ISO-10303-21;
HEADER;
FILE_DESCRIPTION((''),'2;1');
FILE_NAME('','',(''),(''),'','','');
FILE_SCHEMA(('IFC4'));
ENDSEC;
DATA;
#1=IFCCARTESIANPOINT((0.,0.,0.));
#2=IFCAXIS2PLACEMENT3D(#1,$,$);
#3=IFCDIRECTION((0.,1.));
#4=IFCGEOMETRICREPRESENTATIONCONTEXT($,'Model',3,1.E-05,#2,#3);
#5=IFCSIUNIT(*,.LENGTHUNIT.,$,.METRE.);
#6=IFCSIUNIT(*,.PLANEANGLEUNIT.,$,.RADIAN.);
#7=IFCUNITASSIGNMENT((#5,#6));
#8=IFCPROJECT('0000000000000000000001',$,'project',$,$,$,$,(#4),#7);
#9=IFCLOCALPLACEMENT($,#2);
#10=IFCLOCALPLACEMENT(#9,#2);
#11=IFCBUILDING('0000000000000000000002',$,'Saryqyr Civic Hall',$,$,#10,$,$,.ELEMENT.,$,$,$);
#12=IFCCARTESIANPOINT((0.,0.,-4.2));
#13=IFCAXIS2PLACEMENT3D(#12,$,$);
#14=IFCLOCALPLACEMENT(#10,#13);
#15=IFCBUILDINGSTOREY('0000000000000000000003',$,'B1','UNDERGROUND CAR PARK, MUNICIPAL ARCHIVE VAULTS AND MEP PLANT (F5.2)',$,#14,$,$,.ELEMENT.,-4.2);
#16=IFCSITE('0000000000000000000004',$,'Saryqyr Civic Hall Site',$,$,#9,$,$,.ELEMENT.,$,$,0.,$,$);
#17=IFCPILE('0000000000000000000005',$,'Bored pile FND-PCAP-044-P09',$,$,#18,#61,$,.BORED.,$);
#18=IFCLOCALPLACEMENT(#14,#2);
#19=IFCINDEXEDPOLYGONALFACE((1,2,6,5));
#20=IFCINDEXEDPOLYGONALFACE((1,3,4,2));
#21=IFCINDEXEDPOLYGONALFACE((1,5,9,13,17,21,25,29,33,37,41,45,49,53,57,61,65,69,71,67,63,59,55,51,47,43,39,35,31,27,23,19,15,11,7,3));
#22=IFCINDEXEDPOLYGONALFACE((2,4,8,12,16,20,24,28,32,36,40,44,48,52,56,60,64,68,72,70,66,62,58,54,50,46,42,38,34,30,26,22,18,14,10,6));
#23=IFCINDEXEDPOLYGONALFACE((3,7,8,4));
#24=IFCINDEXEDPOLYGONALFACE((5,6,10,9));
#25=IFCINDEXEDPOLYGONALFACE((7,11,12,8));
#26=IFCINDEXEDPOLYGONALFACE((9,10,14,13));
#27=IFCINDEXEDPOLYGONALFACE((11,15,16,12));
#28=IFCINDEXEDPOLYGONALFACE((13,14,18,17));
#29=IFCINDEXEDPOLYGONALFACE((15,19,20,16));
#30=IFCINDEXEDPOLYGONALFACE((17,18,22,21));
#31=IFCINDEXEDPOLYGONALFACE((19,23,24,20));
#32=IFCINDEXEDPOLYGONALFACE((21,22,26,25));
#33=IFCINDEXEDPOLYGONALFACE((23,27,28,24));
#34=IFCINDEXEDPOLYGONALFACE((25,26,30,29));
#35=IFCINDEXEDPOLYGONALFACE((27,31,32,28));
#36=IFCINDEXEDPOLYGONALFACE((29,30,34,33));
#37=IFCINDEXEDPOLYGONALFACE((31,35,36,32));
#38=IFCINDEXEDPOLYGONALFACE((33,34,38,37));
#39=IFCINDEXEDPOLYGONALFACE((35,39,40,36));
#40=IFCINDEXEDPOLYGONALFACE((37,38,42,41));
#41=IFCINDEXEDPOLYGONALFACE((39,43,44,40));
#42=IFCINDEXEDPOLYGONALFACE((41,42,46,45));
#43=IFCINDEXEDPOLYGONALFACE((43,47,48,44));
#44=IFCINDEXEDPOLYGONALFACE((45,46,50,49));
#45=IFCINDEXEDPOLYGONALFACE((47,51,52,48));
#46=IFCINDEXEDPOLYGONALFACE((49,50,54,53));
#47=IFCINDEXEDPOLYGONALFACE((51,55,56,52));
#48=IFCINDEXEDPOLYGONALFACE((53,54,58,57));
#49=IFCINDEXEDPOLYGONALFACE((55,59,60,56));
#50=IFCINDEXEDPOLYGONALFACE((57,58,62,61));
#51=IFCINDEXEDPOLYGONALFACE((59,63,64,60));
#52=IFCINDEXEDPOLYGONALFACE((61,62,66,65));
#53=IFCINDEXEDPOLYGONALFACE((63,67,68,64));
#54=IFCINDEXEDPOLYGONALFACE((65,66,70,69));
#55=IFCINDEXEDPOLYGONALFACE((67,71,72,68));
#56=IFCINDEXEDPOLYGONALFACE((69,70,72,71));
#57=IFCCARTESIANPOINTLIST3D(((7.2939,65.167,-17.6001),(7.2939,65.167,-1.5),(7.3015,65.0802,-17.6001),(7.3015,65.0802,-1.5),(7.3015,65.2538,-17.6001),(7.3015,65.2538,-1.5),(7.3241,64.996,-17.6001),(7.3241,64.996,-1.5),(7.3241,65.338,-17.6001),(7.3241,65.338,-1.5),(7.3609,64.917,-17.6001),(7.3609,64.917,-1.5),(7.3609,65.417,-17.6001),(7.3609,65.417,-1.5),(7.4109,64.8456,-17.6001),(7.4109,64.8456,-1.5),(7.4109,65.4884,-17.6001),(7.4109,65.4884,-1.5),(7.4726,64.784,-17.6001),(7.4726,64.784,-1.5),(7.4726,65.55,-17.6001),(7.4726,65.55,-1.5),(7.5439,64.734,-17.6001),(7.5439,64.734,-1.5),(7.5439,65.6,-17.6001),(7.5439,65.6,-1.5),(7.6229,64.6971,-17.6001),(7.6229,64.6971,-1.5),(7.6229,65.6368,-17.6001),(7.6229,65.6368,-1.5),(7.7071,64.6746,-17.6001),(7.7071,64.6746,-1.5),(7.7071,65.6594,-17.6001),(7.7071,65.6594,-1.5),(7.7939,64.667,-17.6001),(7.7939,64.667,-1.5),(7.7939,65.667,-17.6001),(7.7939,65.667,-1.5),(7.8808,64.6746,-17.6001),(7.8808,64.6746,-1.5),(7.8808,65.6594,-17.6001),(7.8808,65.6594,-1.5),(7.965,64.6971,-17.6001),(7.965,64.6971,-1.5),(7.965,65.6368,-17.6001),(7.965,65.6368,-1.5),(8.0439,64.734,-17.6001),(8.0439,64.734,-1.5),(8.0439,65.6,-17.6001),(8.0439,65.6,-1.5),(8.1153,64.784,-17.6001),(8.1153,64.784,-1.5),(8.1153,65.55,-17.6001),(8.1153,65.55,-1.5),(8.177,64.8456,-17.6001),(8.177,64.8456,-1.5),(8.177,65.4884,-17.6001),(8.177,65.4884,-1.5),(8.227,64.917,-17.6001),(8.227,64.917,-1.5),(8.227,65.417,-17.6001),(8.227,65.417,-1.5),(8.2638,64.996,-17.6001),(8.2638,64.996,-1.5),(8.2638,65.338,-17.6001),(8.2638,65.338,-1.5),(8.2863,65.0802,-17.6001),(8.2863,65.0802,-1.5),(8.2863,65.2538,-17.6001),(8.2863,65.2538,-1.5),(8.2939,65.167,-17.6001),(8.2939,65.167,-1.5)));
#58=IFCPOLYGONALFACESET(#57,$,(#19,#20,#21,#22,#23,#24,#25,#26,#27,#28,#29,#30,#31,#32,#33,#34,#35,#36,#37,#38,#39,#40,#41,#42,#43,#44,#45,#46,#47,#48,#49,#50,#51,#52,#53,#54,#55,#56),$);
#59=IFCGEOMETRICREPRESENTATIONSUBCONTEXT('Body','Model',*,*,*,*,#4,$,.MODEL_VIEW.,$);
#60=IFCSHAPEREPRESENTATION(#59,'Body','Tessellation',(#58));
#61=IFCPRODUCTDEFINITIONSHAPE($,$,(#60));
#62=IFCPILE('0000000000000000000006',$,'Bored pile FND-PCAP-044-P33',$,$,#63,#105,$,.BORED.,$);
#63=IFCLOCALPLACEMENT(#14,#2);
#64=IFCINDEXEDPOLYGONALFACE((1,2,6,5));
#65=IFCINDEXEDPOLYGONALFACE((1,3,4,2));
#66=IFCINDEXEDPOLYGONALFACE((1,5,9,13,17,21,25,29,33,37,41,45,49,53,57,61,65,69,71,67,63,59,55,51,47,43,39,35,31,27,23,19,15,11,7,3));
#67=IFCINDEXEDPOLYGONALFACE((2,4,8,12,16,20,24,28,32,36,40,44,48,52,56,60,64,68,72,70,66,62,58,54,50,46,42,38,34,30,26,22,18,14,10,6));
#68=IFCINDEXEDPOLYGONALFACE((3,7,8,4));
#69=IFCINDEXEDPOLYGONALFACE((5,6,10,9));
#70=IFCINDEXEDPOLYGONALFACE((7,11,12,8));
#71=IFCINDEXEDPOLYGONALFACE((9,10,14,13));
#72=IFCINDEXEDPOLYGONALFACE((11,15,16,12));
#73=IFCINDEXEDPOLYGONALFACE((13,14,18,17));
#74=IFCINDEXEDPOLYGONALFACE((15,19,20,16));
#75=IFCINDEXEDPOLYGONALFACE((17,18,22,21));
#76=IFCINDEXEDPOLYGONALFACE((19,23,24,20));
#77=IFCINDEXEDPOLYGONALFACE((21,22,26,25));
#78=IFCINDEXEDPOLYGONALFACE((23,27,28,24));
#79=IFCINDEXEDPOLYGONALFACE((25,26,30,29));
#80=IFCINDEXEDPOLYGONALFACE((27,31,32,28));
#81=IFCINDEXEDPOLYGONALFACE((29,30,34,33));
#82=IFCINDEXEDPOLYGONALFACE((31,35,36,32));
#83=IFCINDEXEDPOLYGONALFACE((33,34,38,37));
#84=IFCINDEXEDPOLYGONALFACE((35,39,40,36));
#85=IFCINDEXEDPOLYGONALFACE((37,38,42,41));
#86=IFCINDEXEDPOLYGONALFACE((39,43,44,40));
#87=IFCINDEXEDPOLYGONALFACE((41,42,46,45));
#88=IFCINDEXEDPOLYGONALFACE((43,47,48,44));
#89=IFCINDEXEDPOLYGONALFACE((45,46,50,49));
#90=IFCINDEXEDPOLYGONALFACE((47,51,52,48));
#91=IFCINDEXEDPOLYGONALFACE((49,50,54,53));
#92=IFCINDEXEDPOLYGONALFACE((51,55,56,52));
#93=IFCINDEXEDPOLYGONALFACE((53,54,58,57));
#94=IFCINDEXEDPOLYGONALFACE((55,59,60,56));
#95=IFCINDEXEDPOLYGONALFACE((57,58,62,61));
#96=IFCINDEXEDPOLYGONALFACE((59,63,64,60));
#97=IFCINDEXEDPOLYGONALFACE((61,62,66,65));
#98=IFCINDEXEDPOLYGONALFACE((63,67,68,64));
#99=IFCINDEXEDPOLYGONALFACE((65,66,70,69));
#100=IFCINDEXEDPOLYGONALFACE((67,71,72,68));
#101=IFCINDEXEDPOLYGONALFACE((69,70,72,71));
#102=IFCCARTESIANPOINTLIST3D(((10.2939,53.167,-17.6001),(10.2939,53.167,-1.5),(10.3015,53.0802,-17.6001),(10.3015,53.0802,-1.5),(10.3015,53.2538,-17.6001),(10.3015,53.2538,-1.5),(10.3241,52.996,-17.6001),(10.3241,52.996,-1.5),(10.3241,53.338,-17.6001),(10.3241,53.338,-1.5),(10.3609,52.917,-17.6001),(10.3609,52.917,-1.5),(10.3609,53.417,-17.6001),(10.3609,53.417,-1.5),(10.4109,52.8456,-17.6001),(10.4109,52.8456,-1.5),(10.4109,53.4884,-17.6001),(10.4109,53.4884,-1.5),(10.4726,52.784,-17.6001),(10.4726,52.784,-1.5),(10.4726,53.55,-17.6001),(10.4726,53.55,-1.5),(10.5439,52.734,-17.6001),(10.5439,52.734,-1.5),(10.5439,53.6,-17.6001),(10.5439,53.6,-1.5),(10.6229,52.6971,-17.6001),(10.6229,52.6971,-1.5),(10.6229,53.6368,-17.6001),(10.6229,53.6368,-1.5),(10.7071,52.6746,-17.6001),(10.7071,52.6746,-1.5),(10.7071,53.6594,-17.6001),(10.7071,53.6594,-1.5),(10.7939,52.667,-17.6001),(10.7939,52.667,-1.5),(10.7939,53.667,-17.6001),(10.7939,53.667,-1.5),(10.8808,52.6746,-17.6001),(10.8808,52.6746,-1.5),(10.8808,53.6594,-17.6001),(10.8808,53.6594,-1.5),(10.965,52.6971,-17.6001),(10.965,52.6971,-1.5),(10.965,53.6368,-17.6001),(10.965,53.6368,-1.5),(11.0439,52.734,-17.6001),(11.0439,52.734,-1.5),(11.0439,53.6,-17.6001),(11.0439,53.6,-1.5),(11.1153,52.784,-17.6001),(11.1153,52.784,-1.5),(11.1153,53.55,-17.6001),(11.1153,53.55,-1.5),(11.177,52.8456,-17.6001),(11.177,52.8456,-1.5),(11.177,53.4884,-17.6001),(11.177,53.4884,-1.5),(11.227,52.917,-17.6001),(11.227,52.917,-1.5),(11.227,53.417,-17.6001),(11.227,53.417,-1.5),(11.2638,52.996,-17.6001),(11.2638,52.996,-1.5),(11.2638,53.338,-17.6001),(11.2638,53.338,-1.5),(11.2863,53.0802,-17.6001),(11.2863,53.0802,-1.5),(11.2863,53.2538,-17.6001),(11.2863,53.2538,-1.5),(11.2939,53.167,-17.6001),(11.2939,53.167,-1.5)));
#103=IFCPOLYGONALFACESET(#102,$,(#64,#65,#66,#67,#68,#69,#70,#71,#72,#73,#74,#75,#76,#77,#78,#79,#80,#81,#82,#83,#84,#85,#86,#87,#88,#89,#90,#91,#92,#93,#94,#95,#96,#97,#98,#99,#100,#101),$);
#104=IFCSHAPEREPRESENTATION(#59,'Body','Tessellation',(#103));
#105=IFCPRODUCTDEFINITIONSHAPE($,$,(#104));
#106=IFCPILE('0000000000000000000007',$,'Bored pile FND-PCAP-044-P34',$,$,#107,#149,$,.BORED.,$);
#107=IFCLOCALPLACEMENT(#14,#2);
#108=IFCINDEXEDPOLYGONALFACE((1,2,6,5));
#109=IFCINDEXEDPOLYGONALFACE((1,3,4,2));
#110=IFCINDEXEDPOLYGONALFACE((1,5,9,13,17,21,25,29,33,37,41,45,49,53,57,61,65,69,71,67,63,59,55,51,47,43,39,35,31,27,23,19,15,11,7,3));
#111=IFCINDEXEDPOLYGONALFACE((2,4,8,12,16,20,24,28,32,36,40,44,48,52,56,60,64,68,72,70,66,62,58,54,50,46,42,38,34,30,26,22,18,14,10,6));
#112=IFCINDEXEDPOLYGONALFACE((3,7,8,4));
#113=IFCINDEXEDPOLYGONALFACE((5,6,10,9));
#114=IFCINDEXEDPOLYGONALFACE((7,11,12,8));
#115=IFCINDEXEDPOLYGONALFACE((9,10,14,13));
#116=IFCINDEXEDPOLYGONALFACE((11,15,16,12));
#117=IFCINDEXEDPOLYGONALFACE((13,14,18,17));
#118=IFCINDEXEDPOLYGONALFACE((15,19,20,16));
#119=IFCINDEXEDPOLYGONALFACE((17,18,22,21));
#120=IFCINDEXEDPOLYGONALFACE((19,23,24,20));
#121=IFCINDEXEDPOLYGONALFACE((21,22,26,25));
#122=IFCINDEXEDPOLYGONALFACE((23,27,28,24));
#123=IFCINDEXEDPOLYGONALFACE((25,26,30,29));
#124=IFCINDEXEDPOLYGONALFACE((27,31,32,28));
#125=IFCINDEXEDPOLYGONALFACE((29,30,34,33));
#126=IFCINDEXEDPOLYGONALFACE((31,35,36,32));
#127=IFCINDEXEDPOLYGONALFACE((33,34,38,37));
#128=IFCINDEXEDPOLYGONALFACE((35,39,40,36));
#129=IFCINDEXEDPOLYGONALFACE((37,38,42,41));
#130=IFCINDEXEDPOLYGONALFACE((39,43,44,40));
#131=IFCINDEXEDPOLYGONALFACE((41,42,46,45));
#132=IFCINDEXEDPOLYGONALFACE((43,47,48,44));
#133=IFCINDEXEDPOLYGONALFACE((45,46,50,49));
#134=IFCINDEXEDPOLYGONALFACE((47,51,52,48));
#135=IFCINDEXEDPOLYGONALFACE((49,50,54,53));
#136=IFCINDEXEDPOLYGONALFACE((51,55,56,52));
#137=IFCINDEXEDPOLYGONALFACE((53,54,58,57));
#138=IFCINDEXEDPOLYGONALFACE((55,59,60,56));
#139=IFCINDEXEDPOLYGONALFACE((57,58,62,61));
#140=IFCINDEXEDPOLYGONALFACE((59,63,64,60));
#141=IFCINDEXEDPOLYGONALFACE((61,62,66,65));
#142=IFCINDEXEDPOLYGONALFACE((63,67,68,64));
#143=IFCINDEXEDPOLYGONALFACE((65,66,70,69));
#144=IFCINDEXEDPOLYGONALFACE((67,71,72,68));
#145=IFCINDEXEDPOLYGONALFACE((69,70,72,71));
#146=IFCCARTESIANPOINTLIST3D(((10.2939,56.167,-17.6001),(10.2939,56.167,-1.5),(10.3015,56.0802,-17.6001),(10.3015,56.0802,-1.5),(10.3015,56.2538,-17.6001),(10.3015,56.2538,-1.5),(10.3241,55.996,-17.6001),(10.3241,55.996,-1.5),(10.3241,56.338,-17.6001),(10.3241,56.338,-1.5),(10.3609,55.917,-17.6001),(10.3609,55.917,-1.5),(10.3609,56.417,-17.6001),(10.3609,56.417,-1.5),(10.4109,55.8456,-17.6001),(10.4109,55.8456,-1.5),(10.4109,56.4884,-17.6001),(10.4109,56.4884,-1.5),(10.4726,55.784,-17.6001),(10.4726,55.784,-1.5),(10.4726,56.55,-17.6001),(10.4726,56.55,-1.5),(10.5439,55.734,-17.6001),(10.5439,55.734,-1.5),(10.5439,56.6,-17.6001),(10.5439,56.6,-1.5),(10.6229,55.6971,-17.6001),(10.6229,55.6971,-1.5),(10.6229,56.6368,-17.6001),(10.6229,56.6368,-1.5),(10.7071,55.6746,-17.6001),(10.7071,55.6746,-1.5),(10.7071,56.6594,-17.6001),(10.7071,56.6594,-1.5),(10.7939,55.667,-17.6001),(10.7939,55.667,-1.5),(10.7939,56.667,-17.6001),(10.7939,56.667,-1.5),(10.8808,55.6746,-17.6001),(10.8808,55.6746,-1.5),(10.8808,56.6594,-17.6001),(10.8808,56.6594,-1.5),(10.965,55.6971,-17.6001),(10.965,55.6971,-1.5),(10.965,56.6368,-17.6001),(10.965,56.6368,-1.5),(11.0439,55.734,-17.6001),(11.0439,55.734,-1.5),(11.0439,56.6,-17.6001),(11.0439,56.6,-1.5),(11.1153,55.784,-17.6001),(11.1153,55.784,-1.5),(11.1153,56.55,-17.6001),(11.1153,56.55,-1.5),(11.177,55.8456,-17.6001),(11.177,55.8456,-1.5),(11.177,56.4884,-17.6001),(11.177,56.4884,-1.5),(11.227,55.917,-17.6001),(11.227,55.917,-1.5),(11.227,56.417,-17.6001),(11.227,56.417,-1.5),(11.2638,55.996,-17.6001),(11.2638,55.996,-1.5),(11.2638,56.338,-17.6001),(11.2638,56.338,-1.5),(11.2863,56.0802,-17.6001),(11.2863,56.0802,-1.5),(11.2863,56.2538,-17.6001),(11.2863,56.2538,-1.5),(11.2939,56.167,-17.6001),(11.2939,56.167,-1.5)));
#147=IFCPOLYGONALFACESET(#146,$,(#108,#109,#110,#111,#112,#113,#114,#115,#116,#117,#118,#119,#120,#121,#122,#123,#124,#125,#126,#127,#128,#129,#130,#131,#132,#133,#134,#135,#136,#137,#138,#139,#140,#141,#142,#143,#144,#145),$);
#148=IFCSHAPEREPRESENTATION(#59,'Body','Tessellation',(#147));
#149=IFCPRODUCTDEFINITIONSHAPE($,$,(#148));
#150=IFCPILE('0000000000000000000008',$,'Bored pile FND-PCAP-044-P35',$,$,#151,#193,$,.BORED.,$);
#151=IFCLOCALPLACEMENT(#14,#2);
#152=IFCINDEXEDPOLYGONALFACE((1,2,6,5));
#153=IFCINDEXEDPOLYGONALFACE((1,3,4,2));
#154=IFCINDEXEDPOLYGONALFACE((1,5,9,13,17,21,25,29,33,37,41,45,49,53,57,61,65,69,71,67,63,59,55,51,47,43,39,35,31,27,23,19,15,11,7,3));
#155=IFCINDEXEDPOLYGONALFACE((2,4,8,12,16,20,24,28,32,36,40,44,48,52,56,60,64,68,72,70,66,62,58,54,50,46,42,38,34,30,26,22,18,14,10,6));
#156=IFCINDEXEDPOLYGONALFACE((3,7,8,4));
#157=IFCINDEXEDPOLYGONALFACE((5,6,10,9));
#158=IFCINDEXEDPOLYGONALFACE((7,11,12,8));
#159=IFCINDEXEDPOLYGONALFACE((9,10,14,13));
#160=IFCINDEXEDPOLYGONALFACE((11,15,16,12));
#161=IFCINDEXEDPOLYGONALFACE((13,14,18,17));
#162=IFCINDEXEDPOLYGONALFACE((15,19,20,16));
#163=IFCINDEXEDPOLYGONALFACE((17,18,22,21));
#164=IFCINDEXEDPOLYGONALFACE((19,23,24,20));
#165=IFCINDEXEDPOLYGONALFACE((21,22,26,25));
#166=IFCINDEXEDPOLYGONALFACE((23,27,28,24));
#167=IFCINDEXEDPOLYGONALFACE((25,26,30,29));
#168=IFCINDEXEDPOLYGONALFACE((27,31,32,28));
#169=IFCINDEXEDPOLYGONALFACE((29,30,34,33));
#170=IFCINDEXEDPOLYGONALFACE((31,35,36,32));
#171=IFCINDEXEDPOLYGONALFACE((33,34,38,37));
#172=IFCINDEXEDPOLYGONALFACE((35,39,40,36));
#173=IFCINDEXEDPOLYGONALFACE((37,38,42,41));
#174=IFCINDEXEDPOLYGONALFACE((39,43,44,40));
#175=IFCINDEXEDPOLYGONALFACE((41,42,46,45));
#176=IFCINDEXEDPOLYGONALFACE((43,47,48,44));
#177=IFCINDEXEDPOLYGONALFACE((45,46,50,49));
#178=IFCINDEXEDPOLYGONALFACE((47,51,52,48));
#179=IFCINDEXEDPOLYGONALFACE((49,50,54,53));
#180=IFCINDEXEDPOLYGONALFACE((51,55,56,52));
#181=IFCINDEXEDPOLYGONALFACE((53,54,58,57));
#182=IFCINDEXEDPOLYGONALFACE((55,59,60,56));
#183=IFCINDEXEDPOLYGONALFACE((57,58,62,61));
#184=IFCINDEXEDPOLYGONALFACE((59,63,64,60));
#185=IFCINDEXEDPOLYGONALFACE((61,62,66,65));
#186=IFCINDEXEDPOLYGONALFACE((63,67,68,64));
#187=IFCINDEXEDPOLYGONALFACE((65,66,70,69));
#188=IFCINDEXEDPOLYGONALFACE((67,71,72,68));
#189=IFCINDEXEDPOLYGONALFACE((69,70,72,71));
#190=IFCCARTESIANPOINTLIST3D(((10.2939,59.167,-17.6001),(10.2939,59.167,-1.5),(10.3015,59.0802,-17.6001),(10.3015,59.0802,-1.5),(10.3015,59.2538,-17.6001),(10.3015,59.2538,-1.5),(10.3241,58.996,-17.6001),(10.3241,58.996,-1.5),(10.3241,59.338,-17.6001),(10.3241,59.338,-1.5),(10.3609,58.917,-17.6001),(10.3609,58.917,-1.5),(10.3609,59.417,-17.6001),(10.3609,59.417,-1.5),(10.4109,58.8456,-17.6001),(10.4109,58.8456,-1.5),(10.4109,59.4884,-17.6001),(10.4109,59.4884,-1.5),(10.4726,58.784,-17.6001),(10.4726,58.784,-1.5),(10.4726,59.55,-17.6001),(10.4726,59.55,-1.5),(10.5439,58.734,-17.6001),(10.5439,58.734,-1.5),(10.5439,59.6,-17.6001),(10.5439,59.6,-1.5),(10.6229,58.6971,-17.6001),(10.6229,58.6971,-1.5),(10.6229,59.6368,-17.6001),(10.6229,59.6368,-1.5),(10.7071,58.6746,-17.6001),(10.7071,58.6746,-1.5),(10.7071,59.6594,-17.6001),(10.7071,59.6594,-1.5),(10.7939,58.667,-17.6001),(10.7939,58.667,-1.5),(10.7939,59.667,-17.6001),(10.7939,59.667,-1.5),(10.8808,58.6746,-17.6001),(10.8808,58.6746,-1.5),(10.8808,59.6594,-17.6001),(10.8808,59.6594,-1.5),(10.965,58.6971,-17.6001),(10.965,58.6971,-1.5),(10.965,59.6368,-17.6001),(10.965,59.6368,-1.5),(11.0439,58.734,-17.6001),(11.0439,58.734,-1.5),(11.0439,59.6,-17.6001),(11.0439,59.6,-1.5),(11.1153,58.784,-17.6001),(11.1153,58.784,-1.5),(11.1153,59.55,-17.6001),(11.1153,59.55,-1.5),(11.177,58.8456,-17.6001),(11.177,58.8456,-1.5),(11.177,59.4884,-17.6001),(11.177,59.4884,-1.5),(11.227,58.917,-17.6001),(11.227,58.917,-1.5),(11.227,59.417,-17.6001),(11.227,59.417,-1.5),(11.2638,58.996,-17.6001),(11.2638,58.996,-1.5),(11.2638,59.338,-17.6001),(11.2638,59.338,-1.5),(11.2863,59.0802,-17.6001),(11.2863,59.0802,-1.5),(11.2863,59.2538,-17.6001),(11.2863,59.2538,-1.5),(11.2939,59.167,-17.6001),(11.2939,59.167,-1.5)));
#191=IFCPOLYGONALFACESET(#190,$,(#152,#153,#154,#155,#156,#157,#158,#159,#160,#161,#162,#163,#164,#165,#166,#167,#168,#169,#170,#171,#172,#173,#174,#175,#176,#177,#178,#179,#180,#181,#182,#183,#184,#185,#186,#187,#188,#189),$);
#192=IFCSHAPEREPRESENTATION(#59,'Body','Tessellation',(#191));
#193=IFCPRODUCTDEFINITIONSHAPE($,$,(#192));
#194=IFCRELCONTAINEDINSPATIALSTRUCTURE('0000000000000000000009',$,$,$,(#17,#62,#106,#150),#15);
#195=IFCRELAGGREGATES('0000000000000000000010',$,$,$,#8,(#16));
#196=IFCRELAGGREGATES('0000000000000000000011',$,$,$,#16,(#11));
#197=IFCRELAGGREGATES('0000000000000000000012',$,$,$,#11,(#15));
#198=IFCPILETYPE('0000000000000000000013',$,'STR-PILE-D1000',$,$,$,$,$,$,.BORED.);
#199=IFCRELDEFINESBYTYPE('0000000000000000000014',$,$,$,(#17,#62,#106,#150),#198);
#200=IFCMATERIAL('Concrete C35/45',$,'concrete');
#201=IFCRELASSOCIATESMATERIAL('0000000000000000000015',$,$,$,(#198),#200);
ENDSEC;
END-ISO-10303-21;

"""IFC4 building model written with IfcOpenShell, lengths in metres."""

from ifc_helpers import new_model, si_unit, direction, frame, origin, origin_2d, place, context, subcontext, project, spatial, circle, extrude, material, material_profile, profile_set, type_object, element, save


model = new_model("IFC4")

# Units and contexts
model_context = context("Model", 3, precision=1e-05, world=origin(), true_north=direction((0.0, 1.0)))
body_context = subcontext(model_context, "Body", "Model", "MODEL_VIEW")
ifc_project = project(units=[si_unit("LENGTHUNIT", "METRE"), si_unit("PLANEANGLEUNIT", "RADIAN")], contexts=[model_context])

# Site, building, storey
site_placement = place(None, origin())
site = spatial("IfcSite", under=ifc_project, at=site_placement, Name="Saryqyr Civic Hall Site", CompositionType="ELEMENT", RefElevation=0.0)
building_placement = place(site_placement, origin())
building = spatial("IfcBuilding", under=site, at=building_placement, Name="Saryqyr Civic Hall", CompositionType="ELEMENT")
storey_placement = place(building_placement, frame((0.0, 0.0, -4.2)))
storey = spatial("IfcBuildingStorey", under=building, at=storey_placement, Name="B1", Description="UNDERGROUND CAR PARK, MUNICIPAL ARCHIVE VAULTS AND MEP PLANT (F5.2)", CompositionType="ELEMENT", Elevation=-4.2)

# Piles
ifc_material_1 = material(Name="Concrete C35/45", Category="concrete")
ifc_material_profile_1 = material_profile(ifc_material_1, circle(Radius=0.5, at=origin_2d()), Name="BORED PILE D1000")
ifc_profile_set_1 = profile_set([ifc_material_profile_1], Name="Concrete C35/45")
pile_type = type_object("IfcPileType", Name="STR-PILE-D1000", PredefinedType="BORED", material=ifc_profile_set_1)
for number, where, z_axis, x_axis, name in (
    (1, (7.7939, 65.167, -1.5), (0.0, 0.0, -1.0), (1.0, 0.0, 0.0), "Bored pile FND-PCAP-044-P09"),
    (2, (10.7939, 53.167, -1.5), (0.0, 0.0, -1.0), (1.0, 0.0, 0.0), "Bored pile FND-PCAP-044-P33"),
    (3, (10.7939, 56.167, -1.5), (0.0, 0.0, -1.0), (1.0, 0.0, 0.0), "Bored pile FND-PCAP-044-P34"),
    (4, (10.7939, 59.167, -1.5), (0.0, 0.0, -1.0), (1.0, 0.0, 0.0), "Bored pile FND-PCAP-044-P35"),
):
    element("IfcPile", number, at=place(storey_placement, frame(where, z_axis=z_axis, x_axis=x_axis)), inside=storey, type_object=pile_type, Name=name, PredefinedType="BORED", context=body_context, shape_type="SweptSolid", body=[
        extrude(circle(Radius=0.5, at=origin_2d()), origin(), (0.0, 0.0, 1.0), 16.1001),
    ])

save(model, "model.ifc")
